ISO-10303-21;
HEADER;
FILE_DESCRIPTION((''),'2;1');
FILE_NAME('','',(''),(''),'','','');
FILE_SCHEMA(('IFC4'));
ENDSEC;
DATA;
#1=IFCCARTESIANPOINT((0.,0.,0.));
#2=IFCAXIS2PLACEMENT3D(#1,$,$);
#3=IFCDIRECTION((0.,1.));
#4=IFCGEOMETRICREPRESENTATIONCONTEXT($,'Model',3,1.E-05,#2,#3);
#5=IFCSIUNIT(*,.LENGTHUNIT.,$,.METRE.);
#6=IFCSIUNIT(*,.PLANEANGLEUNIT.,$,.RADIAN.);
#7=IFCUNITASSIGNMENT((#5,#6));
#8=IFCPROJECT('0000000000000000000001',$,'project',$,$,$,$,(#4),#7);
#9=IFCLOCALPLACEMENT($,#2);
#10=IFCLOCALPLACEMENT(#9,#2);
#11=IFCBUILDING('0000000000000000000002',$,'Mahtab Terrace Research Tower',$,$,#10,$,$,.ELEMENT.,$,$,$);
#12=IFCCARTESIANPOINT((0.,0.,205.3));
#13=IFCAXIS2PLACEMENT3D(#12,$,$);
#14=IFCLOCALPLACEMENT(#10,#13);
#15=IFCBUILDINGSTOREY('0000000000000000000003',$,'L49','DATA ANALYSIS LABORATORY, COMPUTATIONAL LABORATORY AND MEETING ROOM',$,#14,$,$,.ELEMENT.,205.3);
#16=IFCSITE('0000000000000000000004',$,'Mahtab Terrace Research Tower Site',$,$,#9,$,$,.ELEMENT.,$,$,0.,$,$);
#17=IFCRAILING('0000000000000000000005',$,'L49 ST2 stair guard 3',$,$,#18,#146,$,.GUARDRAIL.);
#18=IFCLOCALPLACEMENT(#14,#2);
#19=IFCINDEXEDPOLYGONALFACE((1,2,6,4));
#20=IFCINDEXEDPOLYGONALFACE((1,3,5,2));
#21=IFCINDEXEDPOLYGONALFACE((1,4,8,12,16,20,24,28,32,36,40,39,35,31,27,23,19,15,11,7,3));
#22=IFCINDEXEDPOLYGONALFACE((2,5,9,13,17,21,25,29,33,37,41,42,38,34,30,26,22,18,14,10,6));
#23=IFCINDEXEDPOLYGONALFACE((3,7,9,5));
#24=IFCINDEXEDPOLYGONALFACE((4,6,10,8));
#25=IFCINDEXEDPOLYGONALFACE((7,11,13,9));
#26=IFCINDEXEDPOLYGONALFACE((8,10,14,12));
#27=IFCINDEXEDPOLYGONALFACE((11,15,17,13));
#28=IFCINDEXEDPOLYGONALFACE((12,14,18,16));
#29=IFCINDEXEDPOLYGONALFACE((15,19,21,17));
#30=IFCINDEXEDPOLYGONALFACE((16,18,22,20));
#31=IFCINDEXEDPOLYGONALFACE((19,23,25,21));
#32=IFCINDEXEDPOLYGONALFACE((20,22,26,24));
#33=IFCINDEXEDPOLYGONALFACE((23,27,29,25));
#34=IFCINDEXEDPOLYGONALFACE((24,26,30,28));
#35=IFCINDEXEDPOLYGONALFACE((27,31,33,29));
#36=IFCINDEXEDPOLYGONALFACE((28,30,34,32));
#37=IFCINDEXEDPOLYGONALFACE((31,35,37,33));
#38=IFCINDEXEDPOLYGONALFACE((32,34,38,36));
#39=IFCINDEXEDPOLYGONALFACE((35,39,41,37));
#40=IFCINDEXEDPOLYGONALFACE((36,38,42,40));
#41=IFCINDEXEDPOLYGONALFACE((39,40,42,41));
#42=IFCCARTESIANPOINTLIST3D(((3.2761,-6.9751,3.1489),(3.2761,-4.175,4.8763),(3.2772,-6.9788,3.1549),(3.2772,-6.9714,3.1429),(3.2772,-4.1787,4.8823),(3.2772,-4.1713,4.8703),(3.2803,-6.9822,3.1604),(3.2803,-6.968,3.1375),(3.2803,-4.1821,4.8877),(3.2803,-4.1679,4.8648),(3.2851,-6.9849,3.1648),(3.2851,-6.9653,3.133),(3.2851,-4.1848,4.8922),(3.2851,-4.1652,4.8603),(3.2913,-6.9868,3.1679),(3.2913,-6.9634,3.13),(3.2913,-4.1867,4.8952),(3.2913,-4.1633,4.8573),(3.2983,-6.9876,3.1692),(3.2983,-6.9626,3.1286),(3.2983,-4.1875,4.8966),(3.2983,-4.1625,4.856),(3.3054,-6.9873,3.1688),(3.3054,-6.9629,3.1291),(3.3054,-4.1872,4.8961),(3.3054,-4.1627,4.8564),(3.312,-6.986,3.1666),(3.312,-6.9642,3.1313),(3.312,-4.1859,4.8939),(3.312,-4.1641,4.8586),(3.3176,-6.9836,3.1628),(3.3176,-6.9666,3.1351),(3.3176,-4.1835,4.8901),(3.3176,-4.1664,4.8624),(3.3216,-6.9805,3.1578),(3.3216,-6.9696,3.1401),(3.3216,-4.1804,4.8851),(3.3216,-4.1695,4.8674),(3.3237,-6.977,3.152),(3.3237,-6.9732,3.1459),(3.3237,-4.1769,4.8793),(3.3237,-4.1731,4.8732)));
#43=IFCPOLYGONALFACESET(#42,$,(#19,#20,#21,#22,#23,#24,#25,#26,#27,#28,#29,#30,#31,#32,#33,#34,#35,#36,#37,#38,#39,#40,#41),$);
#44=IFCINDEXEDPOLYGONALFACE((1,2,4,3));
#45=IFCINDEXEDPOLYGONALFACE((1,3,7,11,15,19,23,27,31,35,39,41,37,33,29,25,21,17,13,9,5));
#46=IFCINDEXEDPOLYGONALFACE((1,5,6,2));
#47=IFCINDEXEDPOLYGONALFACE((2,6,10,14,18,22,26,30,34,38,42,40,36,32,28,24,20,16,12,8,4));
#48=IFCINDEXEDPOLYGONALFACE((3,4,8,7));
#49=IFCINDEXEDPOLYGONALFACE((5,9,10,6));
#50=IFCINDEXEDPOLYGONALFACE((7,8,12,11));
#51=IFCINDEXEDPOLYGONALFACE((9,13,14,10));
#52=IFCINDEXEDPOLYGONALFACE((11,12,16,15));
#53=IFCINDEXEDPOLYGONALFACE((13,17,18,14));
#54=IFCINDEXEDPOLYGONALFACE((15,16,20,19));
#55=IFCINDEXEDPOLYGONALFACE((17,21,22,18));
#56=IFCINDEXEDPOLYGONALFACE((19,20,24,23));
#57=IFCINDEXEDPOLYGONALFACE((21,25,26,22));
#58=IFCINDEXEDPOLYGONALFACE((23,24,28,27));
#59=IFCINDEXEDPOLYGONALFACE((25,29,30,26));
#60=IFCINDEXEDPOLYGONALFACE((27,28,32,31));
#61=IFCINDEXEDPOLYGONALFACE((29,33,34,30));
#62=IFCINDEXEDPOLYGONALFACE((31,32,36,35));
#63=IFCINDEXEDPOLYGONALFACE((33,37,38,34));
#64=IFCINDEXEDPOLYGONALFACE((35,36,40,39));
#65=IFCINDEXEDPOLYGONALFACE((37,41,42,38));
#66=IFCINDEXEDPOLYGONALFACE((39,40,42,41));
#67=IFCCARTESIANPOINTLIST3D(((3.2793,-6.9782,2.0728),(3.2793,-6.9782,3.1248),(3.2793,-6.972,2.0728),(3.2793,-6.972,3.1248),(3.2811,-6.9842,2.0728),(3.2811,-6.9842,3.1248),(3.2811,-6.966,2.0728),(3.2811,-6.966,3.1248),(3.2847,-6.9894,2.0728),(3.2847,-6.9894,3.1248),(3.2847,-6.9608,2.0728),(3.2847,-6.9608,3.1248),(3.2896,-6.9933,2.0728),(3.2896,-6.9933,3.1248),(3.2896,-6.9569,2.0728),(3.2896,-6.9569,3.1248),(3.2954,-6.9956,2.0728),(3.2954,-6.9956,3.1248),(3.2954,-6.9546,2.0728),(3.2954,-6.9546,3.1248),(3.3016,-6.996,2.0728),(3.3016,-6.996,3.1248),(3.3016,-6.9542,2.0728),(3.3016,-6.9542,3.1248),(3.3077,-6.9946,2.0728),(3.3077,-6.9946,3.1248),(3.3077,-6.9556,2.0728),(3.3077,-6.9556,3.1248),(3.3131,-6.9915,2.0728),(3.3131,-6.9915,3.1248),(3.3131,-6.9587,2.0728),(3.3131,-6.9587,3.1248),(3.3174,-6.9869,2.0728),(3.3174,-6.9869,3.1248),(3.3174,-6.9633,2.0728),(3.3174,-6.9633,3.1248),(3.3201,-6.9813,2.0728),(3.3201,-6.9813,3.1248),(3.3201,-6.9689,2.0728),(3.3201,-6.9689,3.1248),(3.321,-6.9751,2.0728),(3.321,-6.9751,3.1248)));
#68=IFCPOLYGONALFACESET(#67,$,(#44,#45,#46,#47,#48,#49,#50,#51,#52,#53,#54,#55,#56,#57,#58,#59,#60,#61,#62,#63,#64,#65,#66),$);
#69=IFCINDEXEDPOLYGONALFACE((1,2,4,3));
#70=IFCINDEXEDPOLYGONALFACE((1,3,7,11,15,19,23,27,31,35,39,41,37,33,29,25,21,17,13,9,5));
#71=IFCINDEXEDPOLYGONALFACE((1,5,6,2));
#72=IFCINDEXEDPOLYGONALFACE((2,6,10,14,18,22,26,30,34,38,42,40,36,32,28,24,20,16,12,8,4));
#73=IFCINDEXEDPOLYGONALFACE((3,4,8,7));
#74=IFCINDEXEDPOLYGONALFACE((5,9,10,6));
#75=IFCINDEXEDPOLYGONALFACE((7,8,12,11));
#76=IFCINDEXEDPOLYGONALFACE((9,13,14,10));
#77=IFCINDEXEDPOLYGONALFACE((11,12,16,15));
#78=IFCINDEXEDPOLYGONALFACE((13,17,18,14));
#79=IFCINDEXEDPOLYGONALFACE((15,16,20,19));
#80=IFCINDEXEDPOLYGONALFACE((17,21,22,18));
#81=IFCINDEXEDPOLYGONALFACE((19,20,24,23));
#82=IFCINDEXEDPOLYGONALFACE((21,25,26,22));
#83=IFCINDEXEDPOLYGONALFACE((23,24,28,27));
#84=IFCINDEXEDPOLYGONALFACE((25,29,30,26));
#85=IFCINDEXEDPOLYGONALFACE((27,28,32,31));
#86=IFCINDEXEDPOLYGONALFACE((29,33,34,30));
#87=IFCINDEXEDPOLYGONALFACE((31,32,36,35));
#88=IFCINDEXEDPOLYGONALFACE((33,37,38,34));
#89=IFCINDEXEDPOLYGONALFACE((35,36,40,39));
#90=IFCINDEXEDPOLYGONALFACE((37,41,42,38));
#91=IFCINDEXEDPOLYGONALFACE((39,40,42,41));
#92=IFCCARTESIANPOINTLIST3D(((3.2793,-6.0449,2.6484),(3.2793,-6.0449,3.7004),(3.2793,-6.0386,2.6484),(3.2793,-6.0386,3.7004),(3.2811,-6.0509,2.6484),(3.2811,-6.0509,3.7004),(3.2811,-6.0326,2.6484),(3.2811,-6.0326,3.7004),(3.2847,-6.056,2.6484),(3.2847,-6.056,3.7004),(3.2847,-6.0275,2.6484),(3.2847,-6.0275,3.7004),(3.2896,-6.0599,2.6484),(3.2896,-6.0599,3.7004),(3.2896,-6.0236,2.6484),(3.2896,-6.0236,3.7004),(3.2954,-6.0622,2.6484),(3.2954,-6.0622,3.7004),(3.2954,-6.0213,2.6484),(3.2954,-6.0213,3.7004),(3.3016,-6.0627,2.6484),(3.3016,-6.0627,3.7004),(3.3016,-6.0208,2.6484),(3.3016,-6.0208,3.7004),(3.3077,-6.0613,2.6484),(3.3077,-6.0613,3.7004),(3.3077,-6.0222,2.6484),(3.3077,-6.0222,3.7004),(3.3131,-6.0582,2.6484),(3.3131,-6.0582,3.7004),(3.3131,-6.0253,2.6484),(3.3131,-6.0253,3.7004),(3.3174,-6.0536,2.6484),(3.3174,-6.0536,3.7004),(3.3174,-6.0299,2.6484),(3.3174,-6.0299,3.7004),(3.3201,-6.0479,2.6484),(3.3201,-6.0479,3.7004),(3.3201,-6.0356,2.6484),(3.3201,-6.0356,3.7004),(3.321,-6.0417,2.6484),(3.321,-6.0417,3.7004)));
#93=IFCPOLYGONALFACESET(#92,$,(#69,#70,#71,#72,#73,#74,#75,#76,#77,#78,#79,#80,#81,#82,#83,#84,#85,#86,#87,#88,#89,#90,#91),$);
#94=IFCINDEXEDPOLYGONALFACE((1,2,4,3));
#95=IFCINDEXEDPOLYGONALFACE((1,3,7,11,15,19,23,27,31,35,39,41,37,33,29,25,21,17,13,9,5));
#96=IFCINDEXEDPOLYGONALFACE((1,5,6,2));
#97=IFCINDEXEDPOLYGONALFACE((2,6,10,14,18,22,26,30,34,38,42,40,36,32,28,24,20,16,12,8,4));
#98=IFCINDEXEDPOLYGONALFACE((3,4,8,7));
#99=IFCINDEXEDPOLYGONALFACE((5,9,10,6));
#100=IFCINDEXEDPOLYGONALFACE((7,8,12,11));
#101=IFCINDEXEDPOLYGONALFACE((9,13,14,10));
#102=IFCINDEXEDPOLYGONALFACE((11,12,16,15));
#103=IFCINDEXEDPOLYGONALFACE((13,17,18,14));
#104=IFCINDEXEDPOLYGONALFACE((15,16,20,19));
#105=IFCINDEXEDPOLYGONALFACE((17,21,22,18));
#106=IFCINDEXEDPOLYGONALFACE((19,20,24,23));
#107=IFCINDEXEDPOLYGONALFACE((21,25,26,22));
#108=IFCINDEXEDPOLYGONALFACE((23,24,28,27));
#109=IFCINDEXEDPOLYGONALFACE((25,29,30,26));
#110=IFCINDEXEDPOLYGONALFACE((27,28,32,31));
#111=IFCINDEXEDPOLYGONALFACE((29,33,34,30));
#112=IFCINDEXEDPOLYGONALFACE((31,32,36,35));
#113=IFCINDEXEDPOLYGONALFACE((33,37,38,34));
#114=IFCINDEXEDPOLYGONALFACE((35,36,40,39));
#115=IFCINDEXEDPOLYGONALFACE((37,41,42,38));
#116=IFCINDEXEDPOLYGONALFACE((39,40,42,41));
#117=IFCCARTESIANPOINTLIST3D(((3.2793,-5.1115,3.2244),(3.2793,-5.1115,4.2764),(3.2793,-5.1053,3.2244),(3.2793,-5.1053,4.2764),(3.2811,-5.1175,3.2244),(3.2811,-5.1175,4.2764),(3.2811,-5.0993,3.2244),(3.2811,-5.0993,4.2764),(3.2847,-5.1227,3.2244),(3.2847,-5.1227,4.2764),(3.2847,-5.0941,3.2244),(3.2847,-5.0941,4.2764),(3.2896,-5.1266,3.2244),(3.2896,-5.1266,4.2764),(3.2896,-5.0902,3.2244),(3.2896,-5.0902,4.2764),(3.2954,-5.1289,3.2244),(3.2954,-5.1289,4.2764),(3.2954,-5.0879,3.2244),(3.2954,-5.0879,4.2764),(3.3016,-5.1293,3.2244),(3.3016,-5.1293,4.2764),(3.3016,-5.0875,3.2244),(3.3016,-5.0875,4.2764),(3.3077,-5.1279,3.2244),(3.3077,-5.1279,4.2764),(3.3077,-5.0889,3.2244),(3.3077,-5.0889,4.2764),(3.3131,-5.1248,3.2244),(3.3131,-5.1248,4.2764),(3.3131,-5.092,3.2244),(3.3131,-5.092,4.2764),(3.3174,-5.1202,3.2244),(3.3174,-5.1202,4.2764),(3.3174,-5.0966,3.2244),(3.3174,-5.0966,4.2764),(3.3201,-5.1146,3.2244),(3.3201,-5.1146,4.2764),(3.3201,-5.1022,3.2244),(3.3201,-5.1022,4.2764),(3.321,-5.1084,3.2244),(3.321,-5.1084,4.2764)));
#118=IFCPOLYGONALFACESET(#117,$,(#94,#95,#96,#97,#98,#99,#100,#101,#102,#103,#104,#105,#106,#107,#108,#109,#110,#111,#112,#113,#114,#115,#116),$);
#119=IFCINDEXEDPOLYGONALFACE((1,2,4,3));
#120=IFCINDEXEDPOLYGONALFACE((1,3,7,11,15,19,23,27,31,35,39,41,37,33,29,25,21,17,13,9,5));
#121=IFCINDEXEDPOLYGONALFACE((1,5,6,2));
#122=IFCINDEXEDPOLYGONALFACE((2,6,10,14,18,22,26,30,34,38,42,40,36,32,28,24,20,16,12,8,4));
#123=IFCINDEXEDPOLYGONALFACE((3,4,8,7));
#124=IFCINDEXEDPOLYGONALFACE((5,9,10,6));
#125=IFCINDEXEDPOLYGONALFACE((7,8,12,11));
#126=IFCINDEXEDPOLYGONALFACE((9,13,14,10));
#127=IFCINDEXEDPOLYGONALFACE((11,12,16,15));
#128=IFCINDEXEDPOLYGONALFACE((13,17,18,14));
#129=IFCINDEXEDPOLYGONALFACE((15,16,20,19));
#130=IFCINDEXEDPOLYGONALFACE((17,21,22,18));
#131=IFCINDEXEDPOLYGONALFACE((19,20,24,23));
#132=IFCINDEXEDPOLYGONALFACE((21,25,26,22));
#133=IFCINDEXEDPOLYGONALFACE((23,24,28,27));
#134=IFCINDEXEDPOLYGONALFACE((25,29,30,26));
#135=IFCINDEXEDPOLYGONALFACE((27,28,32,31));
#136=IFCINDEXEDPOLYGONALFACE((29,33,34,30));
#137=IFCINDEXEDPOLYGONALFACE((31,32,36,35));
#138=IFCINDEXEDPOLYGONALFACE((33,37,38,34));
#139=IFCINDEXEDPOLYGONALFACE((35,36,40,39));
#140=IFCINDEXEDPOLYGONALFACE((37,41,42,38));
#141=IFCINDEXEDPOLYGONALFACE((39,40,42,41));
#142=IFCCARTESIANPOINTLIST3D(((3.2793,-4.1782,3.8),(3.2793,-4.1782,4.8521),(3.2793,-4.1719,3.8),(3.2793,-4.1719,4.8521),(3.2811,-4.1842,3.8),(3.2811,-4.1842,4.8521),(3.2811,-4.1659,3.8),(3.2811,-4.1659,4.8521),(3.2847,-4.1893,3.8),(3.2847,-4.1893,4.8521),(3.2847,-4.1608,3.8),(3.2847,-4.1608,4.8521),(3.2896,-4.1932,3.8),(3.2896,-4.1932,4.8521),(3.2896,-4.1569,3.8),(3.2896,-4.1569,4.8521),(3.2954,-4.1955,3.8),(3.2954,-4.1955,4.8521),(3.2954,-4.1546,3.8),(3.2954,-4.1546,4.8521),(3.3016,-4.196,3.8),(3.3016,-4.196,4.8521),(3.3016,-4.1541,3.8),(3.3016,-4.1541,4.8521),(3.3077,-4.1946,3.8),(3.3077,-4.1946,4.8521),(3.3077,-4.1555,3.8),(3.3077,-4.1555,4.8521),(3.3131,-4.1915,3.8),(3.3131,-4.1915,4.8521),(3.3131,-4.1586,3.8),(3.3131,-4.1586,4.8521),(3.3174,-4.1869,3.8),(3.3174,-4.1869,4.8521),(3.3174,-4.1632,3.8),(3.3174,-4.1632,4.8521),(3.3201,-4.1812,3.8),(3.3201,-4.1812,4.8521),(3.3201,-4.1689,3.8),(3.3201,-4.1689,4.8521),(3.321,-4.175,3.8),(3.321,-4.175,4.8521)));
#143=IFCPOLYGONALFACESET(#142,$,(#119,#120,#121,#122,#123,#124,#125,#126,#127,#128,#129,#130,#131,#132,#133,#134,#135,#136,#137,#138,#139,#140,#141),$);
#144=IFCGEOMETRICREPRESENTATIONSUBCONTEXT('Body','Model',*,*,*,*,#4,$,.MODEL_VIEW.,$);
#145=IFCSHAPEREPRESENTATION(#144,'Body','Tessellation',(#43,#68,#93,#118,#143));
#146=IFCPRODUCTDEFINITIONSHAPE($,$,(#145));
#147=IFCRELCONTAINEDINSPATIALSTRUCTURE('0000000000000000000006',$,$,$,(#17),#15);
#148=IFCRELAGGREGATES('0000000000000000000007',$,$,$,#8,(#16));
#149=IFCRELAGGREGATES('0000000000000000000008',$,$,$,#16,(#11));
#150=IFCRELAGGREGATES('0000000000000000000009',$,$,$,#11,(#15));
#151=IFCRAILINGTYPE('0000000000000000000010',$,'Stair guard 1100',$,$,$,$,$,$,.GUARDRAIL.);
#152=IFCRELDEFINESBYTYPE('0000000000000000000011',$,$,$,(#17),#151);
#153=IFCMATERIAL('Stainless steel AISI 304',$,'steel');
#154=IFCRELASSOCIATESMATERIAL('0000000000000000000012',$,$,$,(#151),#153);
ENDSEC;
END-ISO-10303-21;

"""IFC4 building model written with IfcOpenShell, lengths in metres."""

from ifc_helpers import new_model, si_unit, direction, frame, origin, origin_2d, place, context, subcontext, project, spatial, circle, extrude, material, type_object, element, save


model = new_model("IFC4")

# Units and contexts
model_context = context("Model", 3, precision=1e-05, world=origin(), true_north=direction((0.0, 1.0)))
body_context = subcontext(model_context, "Body", "Model", "MODEL_VIEW")
ifc_project = project(units=[si_unit("LENGTHUNIT", "METRE"), si_unit("PLANEANGLEUNIT", "RADIAN")], contexts=[model_context])

# Site, building, storey
site_placement = place(None, origin())
site = spatial("IfcSite", under=ifc_project, at=site_placement, Name="Mahtab Terrace Research Tower Site", CompositionType="ELEMENT", RefElevation=0.0)
building_placement = place(site_placement, origin())
building = spatial("IfcBuilding", under=site, at=building_placement, Name="Mahtab Terrace Research Tower", CompositionType="ELEMENT")
storey_placement = place(building_placement, frame((0.0, 0.0, 205.3)))
storey = spatial("IfcBuildingStorey", under=building, at=storey_placement, Name="L49", Description="DATA ANALYSIS LABORATORY, COMPUTATIONAL LABORATORY AND MEETING ROOM", CompositionType="ELEMENT", Elevation=205.3)

# Shared definitions
ifc_material_1 = material(Name="Stainless steel AISI 304", Category="steel")

# Railing
railing_type = type_object("IfcRailingType", Name="Stair guard 1100", PredefinedType="GUARDRAIL", material=ifc_material_1)
railing_1_placement = place(storey_placement, frame((3.3, -6.9751, 2.0728)))
element("IfcRailing", 1, at=railing_1_placement, inside=storey, type_object=railing_type, Name="L49 ST2 stair guard 3", PredefinedType="GUARDRAIL", context=body_context, shape_type="SweptSolid", body=[
    extrude(circle(Radius=0.0239, at=origin_2d()), frame((0.0, 0.0, 1.0762), z_axis=(0.0, 0.85109, 0.52502), x_axis=(-1.0, 0.0, 0.0)), (0.0, 0.0, 1.0), 3.29),
    extrude(circle(Radius=0.021, at=origin_2d()), origin(), (0.0, 0.0, 1.0), 1.052),
    extrude(circle(Radius=0.021, at=origin_2d()), frame((0.0, 0.9333, 0.5757)), (0.0, 0.0, 1.0), 1.052),
    extrude(circle(Radius=0.021, at=origin_2d()), frame((0.0, 1.8667, 1.1516)), (0.0, 0.0, 1.0), 1.052),
    extrude(circle(Radius=0.021, at=origin_2d()), frame((0.0, 2.8, 1.7273)), (0.0, 0.0, 1.0), 1.052),
])

save(model, "model.ifc")
